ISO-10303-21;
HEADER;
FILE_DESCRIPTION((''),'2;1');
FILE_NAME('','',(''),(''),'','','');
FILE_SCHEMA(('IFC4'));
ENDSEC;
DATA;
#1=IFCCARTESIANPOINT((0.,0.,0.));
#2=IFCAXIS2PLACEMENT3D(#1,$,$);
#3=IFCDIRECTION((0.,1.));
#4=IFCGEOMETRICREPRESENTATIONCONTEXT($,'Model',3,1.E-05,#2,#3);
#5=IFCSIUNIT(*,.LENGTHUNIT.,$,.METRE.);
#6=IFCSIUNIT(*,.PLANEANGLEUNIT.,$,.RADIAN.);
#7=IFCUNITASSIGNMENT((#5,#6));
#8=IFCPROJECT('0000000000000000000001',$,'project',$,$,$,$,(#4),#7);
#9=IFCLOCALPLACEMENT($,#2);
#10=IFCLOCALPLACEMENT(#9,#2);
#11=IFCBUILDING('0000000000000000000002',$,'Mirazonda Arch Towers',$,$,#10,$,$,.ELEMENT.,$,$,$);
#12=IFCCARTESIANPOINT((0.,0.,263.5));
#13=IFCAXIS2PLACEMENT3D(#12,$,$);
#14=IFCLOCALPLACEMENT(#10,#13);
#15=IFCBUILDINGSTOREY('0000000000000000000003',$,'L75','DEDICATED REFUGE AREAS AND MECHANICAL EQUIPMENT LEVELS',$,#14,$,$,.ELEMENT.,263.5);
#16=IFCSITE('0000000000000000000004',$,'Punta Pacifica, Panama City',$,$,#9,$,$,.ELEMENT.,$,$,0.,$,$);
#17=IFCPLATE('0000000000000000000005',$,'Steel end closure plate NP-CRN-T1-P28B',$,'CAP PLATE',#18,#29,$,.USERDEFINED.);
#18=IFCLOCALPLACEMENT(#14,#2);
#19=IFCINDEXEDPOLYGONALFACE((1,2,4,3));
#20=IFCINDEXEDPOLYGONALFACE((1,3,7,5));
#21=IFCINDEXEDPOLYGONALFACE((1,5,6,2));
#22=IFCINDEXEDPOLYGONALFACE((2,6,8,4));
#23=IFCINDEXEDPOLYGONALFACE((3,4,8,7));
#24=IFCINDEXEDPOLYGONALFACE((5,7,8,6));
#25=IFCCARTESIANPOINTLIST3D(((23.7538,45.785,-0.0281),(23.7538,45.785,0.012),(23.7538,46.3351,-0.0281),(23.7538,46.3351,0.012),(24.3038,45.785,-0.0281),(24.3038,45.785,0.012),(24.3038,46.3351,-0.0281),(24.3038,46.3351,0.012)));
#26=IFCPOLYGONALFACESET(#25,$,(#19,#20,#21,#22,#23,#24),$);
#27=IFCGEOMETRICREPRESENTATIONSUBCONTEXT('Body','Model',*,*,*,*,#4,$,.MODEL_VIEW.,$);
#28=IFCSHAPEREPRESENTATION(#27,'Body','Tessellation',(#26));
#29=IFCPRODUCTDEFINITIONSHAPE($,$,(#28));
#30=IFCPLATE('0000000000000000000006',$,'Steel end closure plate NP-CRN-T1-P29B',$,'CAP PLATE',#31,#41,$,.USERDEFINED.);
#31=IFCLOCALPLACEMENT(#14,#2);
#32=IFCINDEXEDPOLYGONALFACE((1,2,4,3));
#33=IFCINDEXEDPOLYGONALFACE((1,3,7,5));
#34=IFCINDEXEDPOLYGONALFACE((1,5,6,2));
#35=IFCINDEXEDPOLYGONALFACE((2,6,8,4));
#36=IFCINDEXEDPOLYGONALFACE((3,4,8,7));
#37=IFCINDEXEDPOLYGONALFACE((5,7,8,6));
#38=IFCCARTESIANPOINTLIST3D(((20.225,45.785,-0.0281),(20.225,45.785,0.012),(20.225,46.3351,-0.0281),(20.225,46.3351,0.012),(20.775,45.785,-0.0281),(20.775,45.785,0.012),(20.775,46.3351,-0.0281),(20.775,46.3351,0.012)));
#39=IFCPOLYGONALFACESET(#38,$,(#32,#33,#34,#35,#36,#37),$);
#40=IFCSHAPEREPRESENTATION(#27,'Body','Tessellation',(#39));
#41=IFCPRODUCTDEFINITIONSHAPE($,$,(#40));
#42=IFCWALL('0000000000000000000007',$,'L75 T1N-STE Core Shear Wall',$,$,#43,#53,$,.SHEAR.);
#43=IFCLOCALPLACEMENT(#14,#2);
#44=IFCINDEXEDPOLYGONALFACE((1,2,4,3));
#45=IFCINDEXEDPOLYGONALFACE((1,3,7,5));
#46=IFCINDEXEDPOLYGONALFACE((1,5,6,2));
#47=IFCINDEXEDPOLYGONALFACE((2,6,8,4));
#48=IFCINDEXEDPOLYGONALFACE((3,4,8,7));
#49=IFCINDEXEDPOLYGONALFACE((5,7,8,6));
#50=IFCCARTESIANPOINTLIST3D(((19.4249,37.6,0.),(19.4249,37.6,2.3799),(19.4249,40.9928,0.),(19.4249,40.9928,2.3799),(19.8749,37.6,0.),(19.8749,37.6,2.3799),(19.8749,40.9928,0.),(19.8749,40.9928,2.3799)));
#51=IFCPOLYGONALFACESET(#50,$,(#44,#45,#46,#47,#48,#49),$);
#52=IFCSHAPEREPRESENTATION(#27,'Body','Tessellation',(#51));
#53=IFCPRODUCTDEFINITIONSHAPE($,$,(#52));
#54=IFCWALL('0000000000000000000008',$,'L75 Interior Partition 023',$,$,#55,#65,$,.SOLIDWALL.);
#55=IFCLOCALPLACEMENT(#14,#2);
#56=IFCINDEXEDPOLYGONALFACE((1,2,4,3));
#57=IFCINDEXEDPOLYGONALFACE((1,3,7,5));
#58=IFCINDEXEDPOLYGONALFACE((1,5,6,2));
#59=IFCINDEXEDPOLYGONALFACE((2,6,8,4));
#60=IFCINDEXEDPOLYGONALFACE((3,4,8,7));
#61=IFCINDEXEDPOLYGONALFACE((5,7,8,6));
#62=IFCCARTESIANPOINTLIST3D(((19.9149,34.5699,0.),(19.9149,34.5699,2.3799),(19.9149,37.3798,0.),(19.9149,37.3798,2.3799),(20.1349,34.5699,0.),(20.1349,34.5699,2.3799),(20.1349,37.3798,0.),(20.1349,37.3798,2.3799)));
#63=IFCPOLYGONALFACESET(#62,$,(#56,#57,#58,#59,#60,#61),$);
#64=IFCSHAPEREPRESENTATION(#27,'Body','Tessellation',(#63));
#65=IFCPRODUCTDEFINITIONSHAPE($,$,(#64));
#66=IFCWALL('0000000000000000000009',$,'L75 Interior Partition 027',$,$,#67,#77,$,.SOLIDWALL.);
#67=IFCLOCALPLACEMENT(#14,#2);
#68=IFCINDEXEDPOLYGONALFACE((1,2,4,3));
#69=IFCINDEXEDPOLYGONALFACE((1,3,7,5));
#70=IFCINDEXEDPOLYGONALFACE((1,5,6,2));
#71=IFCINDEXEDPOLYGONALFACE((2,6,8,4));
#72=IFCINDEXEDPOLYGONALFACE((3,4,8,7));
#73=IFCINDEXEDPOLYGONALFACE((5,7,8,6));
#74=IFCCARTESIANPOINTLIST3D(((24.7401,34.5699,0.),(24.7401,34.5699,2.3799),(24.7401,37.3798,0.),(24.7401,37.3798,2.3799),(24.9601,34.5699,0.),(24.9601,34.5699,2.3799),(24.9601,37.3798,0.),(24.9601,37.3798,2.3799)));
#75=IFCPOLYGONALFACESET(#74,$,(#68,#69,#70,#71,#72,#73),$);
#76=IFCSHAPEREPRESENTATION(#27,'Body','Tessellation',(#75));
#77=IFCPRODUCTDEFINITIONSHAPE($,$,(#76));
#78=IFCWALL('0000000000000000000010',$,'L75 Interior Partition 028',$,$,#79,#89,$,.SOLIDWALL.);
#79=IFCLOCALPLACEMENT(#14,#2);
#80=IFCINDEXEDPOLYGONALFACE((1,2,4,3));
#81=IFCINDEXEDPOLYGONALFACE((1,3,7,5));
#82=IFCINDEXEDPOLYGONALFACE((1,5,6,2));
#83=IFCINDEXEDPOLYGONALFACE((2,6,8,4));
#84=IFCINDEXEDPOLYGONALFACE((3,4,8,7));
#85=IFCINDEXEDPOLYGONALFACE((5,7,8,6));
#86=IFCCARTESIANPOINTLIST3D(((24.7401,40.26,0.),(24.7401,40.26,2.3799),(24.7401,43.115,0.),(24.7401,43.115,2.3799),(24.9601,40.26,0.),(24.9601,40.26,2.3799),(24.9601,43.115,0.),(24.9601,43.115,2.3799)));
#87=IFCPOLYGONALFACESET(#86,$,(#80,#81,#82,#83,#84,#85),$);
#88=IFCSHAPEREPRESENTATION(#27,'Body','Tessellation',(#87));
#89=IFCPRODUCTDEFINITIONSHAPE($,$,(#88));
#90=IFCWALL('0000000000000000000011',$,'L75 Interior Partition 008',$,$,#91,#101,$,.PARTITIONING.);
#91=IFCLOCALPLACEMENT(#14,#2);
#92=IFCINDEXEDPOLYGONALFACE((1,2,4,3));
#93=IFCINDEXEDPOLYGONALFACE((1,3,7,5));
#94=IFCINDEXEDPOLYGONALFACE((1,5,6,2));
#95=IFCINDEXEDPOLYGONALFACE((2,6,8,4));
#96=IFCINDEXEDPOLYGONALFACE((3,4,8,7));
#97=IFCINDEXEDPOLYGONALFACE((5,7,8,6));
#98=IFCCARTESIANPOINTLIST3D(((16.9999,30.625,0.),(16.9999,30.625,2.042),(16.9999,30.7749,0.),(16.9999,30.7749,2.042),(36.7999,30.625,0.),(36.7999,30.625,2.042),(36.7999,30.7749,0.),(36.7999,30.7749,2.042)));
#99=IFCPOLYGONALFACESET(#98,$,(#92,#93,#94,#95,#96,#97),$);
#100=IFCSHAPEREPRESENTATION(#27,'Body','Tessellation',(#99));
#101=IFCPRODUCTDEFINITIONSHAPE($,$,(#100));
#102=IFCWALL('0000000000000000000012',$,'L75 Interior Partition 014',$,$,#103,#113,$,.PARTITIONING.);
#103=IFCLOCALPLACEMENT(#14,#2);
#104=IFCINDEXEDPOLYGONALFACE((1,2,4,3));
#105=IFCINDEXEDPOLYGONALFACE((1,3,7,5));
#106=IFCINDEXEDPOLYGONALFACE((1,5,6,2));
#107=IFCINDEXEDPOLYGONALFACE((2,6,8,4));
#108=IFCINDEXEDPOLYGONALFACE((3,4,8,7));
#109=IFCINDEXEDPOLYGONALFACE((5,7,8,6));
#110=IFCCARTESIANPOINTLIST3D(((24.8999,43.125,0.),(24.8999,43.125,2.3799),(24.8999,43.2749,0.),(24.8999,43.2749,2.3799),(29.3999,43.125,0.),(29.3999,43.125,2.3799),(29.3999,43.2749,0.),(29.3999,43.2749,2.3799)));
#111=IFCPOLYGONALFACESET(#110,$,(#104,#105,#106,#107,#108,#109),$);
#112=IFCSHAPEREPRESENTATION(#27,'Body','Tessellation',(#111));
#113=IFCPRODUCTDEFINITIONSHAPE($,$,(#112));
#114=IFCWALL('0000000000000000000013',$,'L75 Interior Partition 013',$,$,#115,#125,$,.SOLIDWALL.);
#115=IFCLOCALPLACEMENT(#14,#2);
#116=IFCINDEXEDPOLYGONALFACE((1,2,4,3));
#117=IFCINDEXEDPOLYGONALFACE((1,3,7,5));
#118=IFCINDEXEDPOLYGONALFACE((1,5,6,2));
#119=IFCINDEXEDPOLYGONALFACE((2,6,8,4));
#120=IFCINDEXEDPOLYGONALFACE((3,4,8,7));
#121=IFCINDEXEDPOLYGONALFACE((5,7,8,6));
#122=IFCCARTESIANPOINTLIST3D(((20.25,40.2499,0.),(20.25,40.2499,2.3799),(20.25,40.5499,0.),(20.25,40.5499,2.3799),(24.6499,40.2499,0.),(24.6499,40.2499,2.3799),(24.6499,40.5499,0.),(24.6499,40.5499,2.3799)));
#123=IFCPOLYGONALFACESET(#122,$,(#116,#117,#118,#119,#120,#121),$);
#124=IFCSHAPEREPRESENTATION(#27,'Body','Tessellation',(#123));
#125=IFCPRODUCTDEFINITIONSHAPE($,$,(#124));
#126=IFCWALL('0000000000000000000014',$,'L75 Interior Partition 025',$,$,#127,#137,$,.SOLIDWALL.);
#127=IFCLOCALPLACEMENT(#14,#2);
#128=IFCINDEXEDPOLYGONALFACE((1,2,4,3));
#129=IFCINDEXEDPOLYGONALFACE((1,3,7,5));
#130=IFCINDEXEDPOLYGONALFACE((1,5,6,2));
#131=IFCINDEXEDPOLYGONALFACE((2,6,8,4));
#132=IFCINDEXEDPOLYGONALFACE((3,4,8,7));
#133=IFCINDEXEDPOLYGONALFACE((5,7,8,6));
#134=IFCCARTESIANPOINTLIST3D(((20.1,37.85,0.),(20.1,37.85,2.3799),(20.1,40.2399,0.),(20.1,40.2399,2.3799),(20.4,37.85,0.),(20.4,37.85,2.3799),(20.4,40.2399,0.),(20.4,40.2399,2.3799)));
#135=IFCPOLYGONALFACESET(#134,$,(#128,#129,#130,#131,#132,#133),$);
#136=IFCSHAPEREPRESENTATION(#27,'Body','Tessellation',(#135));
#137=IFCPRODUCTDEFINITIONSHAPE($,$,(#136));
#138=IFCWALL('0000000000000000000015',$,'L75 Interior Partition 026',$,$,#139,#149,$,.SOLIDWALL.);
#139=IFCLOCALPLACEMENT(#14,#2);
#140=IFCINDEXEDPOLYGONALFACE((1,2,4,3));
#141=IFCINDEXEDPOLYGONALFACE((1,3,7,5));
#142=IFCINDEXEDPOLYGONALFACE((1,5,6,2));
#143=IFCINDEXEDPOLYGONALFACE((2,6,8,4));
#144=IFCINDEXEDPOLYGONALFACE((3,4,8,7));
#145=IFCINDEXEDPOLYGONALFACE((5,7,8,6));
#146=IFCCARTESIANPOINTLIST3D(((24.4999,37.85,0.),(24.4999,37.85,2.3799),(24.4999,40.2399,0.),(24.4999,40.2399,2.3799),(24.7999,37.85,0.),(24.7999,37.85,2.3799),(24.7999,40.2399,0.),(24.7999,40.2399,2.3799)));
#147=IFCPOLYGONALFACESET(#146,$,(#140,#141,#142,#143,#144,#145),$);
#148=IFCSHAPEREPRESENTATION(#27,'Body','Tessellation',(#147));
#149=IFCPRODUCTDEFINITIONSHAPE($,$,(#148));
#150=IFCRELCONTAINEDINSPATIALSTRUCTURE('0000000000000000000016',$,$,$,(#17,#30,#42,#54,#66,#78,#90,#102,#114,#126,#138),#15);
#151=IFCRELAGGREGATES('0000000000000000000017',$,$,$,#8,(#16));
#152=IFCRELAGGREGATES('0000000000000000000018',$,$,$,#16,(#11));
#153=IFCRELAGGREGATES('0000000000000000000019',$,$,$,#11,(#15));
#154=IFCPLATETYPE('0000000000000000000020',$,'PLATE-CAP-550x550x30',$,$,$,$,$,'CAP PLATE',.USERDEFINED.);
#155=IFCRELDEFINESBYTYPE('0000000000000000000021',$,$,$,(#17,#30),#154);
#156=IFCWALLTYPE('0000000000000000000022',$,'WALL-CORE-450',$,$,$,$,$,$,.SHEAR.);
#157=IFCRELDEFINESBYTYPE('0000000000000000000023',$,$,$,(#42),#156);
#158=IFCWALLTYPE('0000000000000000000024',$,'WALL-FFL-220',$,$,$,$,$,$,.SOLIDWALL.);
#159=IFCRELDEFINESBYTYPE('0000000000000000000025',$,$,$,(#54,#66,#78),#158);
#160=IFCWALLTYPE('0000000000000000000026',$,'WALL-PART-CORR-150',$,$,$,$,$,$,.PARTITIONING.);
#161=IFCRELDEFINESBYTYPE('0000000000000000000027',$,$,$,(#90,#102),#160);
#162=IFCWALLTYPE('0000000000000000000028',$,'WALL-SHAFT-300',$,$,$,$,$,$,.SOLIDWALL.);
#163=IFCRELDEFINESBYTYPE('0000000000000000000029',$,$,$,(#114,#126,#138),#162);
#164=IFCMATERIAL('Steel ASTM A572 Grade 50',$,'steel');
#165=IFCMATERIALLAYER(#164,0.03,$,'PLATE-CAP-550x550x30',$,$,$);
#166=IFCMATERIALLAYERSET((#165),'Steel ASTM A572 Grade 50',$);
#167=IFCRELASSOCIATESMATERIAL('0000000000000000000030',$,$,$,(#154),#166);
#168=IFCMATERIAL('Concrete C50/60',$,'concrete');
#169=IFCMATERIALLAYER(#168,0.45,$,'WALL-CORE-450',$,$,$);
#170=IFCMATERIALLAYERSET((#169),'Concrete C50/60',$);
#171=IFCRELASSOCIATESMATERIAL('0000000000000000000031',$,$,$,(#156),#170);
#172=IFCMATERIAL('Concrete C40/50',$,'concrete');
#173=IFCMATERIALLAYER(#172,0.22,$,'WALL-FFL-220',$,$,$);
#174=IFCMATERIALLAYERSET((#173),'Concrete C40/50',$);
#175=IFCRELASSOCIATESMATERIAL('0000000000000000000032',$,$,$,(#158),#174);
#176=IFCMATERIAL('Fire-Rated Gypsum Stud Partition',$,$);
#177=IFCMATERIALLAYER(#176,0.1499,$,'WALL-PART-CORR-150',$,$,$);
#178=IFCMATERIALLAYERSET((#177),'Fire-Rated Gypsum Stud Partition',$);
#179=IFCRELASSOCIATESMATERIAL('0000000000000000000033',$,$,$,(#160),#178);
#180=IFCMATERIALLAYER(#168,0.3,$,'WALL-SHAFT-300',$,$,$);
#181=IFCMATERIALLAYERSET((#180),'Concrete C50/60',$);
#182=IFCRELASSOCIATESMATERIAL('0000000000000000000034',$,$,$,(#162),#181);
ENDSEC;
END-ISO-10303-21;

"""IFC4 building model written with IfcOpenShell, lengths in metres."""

from ifc_helpers import new_model, si_unit, direction, frame, frame_2d, origin, origin_2d, place, context, subcontext, project, spatial, rectangle, extrude, material, layer, layer_set, type_object, element, save


model = new_model("IFC4")

# Units and contexts
model_context = context("Model", 3, precision=1e-05, world=origin(), true_north=direction((0.0, 1.0)))
body_context = subcontext(model_context, "Body", "Model", "MODEL_VIEW")
ifc_project = project(units=[si_unit("LENGTHUNIT", "METRE"), si_unit("PLANEANGLEUNIT", "RADIAN")], contexts=[model_context])

# Site, building, storey
site_placement = place(None, origin())
site = spatial("IfcSite", under=ifc_project, at=site_placement, Name="Punta Pacifica, Panama City", CompositionType="ELEMENT", RefElevation=0.0)
building_placement = place(site_placement, origin())
building = spatial("IfcBuilding", under=site, at=building_placement, Name="Mirazonda Arch Towers", CompositionType="ELEMENT")
storey_placement = place(building_placement, frame((0.0, 0.0, 263.5)))
storey = spatial("IfcBuildingStorey", under=building, at=storey_placement, Name="L75", Description="DEDICATED REFUGE AREAS AND MECHANICAL EQUIPMENT LEVELS", CompositionType="ELEMENT", Elevation=263.5)

# Shared definitions
ifc_material_1 = material(Name="Concrete C50/60", Category="concrete")

# Shared definitions
ifc_material_2 = material(Name="Steel ASTM A572 Grade 50", Category="steel")

# Plates
ifc_layer_1 = layer(ifc_material_2, 0.03, Name="PLATE-CAP-550x550x30")
ifc_layer_set_1 = layer_set([ifc_layer_1], Name="Steel ASTM A572 Grade 50")
plate_type = type_object("IfcPlateType", Name="PLATE-CAP-550x550x30", ElementType="CAP PLATE", PredefinedType="USERDEFINED", material=ifc_layer_set_1)
for number, where, z_axis, x_axis, name in (
    (1, (24.0288, 46.0601, -0.0281), (0.0, 0.0, 1.0), (1.0, 0.0, 0.0), "Steel end closure plate NP-CRN-T1-P28B"),
    (2, (20.5, 46.0601, -0.0281), (0.0, 0.0, 1.0), (1.0, 0.0, 0.0), "Steel end closure plate NP-CRN-T1-P29B"),
):
    element("IfcPlate", number, at=place(storey_placement, frame(where, z_axis=z_axis, x_axis=x_axis)), inside=storey, type_object=plate_type, Name=name, ObjectType="CAP PLATE", PredefinedType="USERDEFINED", context=body_context, shape_type="SweptSolid", body=[
        extrude(rectangle(XDim=0.55, YDim=0.55, at=origin_2d()), origin(), (0.0, 0.0, 1.0), 0.04),
    ])

# Walls
ifc_layer_2 = layer(ifc_material_1, 0.45, Name="WALL-CORE-450")
ifc_layer_set_2 = layer_set([ifc_layer_2], Name="Concrete C50/60")
wall_type_1 = type_object("IfcWallType", Name="WALL-CORE-450", PredefinedType="SHEAR", material=ifc_layer_set_2)
wall_1_placement = place(storey_placement, frame((19.6499, 37.6001, 0.0), z_axis=(0.0, 0.0, 1.0), x_axis=(0.0, 1.0, 0.0)))
element("IfcWall", 3, at=wall_1_placement, inside=storey, type_object=wall_type_1, Name="L75 T1N-STE Core Shear Wall", PredefinedType="SHEAR", context=body_context, shape_type="SweptSolid", body=[
    extrude(rectangle(XDim=3.3928, YDim=0.45, at=frame_2d((1.6963, 0.0))), origin(), (0.0, 0.0, 1.0), 2.3799),
])
ifc_material_3 = material(Name="Concrete C40/50", Category="concrete")
ifc_layer_3 = layer(ifc_material_3, 0.22, Name="WALL-FFL-220")
ifc_layer_set_3 = layer_set([ifc_layer_3], Name="Concrete C40/50")
wall_type_2 = type_object("IfcWallType", Name="WALL-FFL-220", PredefinedType="SOLIDWALL", material=ifc_layer_set_3)
for number, where, z_axis, x_axis, name in (
    (4, (20.0249, 34.5701, 0.0), (0.0, 0.0, 1.0), (0.0, 1.0, 0.0), "L75 Interior Partition 023"),
    (5, (24.8501, 34.5701, 0.0), (0.0, 0.0, 1.0), (0.0, 1.0, 0.0), "L75 Interior Partition 027"),
):
    element("IfcWall", number, at=place(storey_placement, frame(where, z_axis=z_axis, x_axis=x_axis)), inside=storey, type_object=wall_type_2, Name=name, PredefinedType="SOLIDWALL", context=body_context, shape_type="SweptSolid", body=[
        extrude(rectangle(XDim=2.8098, YDim=0.22, at=frame_2d((1.4048, 0.0))), origin(), (0.0, 0.0, 1.0), 2.3799),
    ])
wall_2_placement = place(storey_placement, frame((24.8501, 40.26, 0.0), z_axis=(0.0, 0.0, 1.0), x_axis=(0.0, 1.0, 0.0)))
element("IfcWall", 6, at=wall_2_placement, inside=storey, type_object=wall_type_2, Name="L75 Interior Partition 028", PredefinedType="SOLIDWALL", context=body_context, shape_type="SweptSolid", body=[
    extrude(rectangle(XDim=2.855, YDim=0.22, at=frame_2d((1.4275, 0.0))), origin(), (0.0, 0.0, 1.0), 2.3799),
])
ifc_material_4 = material(Name="Fire-Rated Gypsum Stud Partition")
ifc_layer_4 = layer(ifc_material_4, 0.1499, Name="WALL-PART-CORR-150")
ifc_layer_set_4 = layer_set([ifc_layer_4], Name="Fire-Rated Gypsum Stud Partition")
wall_type_3 = type_object("IfcWallType", Name="WALL-PART-CORR-150", PredefinedType="PARTITIONING", material=ifc_layer_set_4)
wall_3_placement = place(storey_placement, frame((17.0, 30.7, 0.0), z_axis=(0.0, 0.0, 1.0), x_axis=(1.0, 0.0, 0.0)))
element("IfcWall", 7, at=wall_3_placement, inside=storey, type_object=wall_type_3, Name="L75 Interior Partition 008", PredefinedType="PARTITIONING", context=body_context, shape_type="SweptSolid", body=[
    extrude(rectangle(XDim=19.8, YDim=0.1499, at=frame_2d((9.8999, 0.0))), origin(), (0.0, 0.0, 1.0), 2.042),
])
wall_4_placement = place(storey_placement, frame((24.8999, 43.2, 0.0), z_axis=(0.0, 0.0, 1.0), x_axis=(1.0, 0.0, 0.0)))
element("IfcWall", 8, at=wall_4_placement, inside=storey, type_object=wall_type_3, Name="L75 Interior Partition 014", PredefinedType="PARTITIONING", context=body_context, shape_type="SweptSolid", body=[
    extrude(rectangle(XDim=4.5, YDim=0.1499, at=frame_2d((2.25, 0.0))), origin(), (0.0, 0.0, 1.0), 2.3799),
])
ifc_layer_5 = layer(ifc_material_1, 0.3, Name="WALL-SHAFT-300")
ifc_layer_set_5 = layer_set([ifc_layer_5], Name="Concrete C50/60")
wall_type_4 = type_object("IfcWallType", Name="WALL-SHAFT-300", PredefinedType="SOLIDWALL", material=ifc_layer_set_5)
wall_5_placement = place(storey_placement, frame((20.25, 40.3999, 0.0), z_axis=(0.0, 0.0, 1.0), x_axis=(1.0, 0.0, 0.0)))
element("IfcWall", 9, at=wall_5_placement, inside=storey, type_object=wall_type_4, Name="L75 Interior Partition 013", PredefinedType="SOLIDWALL", context=body_context, shape_type="SweptSolid", body=[
    extrude(rectangle(XDim=4.3999, YDim=0.3, at=frame_2d((2.2, 0.0))), origin(), (0.0, 0.0, 1.0), 2.3799),
])
for number, where, z_axis, x_axis, name in (
    (10, (20.25, 37.8501, 0.0), (0.0, 0.0, 1.0), (0.0, 1.0, 0.0), "L75 Interior Partition 025"),
    (11, (24.6499, 37.8501, 0.0), (0.0, 0.0, 1.0), (0.0, 1.0, 0.0), "L75 Interior Partition 026"),
):
    element("IfcWall", number, at=place(storey_placement, frame(where, z_axis=z_axis, x_axis=x_axis)), inside=storey, type_object=wall_type_4, Name=name, PredefinedType="SOLIDWALL", context=body_context, shape_type="SweptSolid", body=[
        extrude(rectangle(XDim=2.3899, YDim=0.3, at=frame_2d((1.1948, 0.0))), origin(), (0.0, 0.0, 1.0), 2.3799),
    ])

save(model, "model.ifc")
